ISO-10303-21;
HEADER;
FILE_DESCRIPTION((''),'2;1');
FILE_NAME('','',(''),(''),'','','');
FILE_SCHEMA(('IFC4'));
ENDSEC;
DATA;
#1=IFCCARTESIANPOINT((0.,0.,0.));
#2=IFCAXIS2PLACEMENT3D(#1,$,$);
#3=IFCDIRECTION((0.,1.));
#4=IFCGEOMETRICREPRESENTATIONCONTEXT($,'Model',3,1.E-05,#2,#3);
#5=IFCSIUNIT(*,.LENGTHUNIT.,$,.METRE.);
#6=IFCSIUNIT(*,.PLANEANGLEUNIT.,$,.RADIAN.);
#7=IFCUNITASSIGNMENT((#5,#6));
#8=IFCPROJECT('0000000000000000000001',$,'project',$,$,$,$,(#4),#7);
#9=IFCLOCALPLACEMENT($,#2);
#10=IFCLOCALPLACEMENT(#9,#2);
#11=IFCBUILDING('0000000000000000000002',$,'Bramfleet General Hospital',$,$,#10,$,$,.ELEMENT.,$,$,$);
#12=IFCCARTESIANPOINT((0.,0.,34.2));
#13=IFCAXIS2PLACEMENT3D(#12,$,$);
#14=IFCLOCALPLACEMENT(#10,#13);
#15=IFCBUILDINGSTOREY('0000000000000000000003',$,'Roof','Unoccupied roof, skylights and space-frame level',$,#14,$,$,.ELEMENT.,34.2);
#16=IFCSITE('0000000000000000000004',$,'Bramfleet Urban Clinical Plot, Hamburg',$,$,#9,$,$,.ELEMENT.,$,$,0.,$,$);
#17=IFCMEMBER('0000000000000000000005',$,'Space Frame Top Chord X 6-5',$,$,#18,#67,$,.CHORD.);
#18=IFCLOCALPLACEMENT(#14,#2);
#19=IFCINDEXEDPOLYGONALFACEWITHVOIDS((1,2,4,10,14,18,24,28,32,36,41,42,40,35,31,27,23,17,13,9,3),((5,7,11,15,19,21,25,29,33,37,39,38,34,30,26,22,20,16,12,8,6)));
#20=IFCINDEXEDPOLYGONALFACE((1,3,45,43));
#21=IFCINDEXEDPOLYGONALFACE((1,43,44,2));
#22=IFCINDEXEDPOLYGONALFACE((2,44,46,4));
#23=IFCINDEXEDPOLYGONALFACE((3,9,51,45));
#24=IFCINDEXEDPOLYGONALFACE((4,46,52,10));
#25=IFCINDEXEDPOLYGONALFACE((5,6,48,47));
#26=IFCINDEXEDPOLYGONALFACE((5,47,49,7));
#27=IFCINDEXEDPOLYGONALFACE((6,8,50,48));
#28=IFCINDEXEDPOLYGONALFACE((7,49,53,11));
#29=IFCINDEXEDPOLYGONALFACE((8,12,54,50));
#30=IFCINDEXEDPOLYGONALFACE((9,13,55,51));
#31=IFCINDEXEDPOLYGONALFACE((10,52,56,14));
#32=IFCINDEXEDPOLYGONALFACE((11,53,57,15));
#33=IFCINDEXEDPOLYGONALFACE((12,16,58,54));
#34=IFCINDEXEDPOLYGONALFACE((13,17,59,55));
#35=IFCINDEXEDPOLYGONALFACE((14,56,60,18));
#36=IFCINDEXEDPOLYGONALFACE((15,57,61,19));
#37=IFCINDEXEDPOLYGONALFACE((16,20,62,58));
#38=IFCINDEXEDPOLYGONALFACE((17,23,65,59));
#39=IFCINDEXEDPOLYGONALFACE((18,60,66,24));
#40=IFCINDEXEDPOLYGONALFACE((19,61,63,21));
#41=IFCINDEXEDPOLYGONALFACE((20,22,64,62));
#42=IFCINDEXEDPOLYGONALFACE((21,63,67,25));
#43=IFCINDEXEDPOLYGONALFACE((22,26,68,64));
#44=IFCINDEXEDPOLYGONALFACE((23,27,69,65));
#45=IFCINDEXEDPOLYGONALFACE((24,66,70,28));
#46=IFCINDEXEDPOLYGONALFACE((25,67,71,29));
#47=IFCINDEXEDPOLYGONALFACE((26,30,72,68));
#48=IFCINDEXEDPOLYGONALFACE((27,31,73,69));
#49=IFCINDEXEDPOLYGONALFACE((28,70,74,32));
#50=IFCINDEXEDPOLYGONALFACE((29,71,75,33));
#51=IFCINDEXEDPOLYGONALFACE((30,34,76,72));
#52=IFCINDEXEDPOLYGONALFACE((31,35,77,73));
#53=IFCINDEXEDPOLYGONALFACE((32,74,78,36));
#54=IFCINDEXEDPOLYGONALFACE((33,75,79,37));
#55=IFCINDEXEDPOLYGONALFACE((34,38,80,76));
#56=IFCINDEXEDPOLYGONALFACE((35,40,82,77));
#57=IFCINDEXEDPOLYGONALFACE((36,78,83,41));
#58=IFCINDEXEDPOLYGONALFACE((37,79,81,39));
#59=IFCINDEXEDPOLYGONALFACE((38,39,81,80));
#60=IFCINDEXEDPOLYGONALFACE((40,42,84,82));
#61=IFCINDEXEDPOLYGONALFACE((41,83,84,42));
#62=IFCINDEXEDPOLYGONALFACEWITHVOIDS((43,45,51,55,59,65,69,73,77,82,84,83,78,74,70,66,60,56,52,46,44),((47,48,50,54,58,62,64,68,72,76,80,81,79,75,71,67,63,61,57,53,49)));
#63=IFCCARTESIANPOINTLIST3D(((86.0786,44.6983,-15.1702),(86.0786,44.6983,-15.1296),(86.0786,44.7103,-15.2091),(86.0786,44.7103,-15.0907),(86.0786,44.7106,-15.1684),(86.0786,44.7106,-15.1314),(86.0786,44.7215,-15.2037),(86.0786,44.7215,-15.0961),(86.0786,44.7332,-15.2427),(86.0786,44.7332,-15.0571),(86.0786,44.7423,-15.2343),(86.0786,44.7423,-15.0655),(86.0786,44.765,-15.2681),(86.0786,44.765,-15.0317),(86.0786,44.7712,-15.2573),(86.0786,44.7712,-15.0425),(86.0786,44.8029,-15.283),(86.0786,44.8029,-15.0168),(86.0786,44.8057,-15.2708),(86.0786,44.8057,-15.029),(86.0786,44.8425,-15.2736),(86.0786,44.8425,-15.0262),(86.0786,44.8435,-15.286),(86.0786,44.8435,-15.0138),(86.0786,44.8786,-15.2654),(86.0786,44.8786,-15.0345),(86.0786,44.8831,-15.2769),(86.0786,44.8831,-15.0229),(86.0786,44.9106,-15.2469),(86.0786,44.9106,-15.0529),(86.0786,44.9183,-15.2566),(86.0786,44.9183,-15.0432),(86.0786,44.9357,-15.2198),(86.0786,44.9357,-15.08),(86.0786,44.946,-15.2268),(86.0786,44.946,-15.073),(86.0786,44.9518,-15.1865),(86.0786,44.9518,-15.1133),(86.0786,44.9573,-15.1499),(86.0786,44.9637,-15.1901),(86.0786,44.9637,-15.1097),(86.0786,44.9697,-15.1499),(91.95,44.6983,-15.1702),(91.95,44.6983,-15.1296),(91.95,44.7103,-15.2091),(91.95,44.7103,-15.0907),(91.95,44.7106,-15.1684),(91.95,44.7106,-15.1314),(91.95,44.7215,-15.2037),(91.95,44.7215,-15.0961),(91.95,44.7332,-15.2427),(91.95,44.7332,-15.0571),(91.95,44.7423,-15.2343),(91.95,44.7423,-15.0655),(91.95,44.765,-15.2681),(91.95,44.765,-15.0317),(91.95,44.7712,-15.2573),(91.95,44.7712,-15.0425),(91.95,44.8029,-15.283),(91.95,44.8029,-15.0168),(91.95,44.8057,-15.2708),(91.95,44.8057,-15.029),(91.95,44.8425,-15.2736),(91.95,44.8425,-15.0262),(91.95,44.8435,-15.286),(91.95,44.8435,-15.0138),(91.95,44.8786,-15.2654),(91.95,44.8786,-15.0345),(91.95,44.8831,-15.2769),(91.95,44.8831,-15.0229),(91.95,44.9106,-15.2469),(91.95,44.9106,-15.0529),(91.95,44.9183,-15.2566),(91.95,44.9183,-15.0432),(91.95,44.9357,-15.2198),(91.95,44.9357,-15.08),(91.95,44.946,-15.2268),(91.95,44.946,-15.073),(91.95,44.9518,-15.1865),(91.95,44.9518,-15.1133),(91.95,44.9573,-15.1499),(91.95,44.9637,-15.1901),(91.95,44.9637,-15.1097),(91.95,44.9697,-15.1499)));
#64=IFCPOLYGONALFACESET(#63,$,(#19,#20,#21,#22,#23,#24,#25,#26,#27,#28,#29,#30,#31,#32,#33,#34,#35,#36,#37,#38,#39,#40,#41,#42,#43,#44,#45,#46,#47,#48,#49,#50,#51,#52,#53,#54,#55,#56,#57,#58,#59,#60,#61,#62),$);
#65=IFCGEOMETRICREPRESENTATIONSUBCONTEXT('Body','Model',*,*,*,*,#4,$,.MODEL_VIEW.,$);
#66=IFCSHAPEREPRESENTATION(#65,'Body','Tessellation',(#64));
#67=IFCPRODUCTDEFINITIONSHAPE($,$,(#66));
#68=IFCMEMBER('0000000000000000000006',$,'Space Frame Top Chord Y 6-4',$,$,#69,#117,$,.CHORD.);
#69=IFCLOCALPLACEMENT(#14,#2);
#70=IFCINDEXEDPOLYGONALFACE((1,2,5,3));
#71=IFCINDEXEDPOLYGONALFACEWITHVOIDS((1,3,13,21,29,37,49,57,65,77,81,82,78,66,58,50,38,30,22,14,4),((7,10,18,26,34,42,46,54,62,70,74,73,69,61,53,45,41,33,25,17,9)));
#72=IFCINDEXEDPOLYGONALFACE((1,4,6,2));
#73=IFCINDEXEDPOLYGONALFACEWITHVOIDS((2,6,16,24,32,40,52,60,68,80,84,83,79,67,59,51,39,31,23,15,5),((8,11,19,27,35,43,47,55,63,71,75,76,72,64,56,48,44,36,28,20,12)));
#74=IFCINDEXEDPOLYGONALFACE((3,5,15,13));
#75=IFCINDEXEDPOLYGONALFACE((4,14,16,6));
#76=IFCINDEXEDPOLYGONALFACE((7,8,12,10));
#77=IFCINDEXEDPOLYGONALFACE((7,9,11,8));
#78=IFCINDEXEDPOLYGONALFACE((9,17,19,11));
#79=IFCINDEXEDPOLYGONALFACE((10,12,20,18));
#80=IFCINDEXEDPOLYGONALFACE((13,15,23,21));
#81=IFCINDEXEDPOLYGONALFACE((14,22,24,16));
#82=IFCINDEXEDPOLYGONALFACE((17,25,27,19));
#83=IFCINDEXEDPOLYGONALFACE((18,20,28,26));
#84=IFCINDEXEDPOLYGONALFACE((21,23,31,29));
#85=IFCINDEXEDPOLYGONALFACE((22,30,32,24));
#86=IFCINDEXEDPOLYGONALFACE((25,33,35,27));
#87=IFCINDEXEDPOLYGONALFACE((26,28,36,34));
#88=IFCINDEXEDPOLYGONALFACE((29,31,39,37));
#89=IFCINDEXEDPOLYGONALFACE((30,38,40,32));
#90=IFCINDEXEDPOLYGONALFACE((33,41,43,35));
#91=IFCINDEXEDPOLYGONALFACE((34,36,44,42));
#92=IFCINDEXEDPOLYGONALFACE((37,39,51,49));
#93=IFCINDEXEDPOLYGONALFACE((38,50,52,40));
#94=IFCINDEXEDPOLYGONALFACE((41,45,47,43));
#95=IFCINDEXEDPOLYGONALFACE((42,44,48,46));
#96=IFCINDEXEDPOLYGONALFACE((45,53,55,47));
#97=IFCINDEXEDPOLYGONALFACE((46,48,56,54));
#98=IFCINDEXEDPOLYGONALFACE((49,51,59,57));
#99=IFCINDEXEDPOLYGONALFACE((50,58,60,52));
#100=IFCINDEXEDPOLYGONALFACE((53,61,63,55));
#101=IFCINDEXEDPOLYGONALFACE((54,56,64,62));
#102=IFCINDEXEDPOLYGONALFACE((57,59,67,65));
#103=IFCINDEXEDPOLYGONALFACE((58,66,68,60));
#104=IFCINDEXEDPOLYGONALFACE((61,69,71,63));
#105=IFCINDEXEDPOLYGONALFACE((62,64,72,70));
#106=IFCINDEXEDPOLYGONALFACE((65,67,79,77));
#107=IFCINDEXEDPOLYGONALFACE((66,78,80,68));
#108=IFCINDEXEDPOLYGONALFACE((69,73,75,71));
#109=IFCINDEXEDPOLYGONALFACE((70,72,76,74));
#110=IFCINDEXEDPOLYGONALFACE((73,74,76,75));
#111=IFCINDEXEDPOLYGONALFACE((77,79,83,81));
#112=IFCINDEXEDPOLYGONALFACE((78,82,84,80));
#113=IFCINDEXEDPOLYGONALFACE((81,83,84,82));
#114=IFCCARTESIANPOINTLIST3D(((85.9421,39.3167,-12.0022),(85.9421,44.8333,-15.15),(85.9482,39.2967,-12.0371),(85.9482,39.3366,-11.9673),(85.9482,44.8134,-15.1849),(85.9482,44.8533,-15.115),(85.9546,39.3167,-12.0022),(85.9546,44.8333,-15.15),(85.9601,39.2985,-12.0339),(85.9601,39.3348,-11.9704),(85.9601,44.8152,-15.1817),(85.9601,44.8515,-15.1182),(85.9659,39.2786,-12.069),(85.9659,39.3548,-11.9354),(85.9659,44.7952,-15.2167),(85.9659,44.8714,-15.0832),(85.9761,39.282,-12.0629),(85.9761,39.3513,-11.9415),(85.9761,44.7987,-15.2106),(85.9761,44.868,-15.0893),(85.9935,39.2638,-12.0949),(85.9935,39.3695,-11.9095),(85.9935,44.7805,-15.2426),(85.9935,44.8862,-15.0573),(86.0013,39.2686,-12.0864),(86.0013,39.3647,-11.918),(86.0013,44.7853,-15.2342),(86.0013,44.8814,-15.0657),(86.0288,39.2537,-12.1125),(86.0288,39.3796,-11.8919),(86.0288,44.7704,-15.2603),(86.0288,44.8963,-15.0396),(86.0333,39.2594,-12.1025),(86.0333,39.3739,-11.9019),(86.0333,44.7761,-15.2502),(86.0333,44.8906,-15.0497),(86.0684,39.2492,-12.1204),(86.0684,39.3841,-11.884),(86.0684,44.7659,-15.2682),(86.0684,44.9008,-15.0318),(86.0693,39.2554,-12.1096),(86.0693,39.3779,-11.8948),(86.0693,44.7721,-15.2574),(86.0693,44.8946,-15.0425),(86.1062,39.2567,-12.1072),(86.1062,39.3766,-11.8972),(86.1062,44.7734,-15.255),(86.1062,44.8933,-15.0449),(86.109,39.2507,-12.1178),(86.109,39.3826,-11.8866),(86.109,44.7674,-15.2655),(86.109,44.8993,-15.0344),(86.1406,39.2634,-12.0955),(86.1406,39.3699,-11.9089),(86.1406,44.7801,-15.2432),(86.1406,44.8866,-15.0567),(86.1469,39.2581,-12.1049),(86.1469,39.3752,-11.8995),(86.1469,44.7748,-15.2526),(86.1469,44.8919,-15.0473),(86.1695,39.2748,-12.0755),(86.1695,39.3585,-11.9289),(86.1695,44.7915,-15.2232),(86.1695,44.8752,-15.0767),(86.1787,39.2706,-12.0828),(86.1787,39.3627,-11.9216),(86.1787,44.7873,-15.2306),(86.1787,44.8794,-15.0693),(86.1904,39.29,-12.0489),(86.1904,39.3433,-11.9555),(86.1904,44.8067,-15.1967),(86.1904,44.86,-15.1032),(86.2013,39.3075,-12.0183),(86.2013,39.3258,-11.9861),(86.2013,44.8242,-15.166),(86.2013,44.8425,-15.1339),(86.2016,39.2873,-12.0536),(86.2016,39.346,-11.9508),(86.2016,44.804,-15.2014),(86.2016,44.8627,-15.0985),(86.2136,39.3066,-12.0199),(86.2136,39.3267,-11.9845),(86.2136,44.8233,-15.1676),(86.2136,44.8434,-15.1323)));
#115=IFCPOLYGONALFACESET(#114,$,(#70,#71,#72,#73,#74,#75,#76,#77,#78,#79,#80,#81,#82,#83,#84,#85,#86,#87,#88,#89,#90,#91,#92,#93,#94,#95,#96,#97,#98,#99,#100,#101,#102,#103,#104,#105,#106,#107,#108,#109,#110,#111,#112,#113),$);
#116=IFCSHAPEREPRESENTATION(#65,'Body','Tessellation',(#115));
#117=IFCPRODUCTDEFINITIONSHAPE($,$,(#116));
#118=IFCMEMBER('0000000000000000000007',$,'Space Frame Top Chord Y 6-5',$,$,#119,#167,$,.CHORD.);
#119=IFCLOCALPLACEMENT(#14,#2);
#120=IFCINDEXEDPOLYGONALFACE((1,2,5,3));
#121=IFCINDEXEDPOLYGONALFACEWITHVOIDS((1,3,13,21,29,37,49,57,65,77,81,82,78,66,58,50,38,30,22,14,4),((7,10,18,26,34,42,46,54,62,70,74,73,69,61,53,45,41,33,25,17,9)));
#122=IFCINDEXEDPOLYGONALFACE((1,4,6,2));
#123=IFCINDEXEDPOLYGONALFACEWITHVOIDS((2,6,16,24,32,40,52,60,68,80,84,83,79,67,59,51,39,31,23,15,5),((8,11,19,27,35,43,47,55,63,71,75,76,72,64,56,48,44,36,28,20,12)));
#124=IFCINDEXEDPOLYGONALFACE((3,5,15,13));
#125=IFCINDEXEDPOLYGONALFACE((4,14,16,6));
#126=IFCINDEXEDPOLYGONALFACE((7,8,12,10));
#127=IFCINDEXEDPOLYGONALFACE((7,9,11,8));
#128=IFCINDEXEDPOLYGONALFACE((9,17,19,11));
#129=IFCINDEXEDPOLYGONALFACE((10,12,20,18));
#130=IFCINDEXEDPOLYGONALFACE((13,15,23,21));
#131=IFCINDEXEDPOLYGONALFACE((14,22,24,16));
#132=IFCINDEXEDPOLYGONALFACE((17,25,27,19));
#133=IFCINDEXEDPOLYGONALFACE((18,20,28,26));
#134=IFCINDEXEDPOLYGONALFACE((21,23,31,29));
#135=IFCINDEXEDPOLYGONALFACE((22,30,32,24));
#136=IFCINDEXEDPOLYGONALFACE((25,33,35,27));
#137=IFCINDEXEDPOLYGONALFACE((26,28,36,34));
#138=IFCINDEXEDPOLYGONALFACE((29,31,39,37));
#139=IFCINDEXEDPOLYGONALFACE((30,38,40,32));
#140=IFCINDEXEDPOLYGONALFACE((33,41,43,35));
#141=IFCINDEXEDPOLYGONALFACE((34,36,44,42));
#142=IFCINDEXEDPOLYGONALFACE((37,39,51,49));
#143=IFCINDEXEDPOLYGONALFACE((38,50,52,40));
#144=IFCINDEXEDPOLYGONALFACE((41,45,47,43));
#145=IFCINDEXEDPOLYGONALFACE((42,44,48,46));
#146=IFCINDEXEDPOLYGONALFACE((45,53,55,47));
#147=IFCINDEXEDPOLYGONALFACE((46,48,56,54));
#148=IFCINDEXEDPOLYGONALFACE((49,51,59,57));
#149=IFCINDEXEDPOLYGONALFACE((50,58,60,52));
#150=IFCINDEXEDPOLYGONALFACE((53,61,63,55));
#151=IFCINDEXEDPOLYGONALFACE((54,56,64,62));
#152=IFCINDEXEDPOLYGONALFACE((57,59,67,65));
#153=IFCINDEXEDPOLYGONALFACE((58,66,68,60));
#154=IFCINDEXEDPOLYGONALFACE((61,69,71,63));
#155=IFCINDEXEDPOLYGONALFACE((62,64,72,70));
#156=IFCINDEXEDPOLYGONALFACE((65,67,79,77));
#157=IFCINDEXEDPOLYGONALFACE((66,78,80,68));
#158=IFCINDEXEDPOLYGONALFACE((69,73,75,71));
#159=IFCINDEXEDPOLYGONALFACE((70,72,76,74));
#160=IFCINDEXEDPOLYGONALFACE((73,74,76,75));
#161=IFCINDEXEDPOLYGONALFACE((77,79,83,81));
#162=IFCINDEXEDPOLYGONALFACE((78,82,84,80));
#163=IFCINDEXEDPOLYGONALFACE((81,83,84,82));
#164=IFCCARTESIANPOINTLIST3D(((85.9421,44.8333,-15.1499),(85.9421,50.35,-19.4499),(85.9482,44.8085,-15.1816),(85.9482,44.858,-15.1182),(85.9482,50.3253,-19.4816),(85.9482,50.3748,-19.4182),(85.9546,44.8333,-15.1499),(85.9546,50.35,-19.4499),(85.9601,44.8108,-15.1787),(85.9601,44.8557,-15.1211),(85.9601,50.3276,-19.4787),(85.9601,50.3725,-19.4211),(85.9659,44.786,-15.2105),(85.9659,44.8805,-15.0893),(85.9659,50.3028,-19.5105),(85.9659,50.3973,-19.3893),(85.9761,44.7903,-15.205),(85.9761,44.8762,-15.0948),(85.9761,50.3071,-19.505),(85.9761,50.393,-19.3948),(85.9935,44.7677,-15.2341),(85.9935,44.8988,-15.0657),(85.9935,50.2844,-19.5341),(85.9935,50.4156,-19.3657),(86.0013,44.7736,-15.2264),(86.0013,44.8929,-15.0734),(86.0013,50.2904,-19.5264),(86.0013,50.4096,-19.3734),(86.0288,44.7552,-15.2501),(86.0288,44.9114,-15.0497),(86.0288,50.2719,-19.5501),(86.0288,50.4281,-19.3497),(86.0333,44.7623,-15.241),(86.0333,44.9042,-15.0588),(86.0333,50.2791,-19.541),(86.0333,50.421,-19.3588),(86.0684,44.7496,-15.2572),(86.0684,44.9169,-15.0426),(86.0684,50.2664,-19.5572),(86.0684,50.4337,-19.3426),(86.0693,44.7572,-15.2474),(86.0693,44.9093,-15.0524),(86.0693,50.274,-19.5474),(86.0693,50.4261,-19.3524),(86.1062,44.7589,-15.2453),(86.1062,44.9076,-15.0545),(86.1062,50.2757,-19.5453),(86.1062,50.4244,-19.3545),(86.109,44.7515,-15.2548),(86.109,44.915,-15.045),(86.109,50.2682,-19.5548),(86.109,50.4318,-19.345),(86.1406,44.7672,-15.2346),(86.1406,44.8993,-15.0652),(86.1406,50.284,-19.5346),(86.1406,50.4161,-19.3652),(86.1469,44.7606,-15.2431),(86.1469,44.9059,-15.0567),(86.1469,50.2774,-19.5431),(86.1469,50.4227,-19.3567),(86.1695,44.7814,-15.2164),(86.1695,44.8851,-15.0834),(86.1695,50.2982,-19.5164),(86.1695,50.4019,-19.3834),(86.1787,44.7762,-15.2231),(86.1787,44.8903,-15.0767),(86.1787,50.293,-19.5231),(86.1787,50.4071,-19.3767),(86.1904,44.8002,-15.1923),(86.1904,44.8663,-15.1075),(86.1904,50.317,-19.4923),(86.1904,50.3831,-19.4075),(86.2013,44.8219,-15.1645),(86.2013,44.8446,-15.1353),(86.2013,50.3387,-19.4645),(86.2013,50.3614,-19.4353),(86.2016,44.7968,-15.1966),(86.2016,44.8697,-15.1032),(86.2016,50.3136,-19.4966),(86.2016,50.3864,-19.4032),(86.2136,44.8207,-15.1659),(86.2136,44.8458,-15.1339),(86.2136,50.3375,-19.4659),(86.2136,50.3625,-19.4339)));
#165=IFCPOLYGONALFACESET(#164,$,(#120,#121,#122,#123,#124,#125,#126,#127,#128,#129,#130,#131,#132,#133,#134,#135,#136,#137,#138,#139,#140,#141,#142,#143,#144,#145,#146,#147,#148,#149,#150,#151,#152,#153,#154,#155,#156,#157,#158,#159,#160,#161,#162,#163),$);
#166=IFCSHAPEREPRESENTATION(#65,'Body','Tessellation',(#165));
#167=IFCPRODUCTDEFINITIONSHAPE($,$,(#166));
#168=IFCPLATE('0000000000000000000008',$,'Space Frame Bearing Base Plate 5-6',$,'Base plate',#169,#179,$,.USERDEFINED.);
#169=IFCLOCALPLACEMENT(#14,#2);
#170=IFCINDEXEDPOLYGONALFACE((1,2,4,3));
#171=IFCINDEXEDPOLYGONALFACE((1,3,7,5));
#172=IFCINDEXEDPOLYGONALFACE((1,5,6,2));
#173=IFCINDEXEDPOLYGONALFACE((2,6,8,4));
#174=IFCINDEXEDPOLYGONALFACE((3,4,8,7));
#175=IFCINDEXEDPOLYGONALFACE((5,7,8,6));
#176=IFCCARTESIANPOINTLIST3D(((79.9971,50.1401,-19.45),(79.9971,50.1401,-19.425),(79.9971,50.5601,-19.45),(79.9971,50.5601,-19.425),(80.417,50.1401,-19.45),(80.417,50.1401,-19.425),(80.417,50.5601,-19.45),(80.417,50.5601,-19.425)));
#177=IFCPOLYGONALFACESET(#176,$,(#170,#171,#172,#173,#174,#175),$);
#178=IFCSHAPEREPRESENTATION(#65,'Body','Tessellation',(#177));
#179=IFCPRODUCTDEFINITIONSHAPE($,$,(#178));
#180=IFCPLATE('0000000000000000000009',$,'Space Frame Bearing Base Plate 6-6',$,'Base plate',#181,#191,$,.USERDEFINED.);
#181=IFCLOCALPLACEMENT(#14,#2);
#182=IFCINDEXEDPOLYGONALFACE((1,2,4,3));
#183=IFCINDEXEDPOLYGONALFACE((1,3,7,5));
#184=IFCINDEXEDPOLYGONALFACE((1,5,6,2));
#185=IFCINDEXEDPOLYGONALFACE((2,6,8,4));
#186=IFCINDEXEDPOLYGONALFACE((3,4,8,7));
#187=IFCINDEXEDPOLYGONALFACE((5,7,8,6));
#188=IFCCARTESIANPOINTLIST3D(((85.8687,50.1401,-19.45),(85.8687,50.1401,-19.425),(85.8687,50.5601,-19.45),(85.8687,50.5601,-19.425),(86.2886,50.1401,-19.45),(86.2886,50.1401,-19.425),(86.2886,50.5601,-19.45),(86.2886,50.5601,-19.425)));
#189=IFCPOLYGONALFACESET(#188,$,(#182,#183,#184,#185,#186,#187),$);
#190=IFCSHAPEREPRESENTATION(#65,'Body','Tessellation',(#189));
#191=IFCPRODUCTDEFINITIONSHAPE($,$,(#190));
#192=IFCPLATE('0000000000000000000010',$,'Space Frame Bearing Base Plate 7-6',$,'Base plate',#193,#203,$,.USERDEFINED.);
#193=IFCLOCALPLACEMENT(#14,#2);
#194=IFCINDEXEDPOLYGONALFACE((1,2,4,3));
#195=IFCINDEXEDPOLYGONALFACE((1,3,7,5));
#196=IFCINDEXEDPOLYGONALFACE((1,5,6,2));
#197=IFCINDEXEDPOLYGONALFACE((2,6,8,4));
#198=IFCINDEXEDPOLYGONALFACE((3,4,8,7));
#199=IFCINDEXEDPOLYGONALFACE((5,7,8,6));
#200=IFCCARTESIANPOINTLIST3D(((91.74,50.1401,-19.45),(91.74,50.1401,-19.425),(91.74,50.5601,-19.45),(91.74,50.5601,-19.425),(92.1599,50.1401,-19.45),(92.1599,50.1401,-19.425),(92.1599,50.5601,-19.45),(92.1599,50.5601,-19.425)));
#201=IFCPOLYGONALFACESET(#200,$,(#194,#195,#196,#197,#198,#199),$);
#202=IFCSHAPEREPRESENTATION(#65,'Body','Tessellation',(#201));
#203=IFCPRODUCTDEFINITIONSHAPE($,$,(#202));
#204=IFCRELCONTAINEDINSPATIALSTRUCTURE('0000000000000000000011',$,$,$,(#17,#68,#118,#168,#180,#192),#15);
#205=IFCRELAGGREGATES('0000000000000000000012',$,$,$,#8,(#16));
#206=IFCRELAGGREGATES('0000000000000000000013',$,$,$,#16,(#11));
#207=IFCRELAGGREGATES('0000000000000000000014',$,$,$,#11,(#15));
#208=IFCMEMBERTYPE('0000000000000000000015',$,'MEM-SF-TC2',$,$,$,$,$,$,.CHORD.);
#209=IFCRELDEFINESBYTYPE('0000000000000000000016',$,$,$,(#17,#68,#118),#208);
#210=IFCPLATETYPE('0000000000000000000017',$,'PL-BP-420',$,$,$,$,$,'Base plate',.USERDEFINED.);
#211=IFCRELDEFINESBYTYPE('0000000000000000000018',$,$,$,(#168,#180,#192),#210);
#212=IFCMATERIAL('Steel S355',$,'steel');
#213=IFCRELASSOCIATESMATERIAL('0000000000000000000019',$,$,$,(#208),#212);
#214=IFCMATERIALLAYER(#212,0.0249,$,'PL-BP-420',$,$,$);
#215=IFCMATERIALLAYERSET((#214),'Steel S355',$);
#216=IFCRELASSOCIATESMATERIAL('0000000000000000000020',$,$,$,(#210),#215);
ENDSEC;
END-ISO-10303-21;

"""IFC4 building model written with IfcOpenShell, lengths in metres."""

from ifc_helpers import new_model, si_unit, direction, frame, origin, origin_2d, place, context, subcontext, project, spatial, rectangle, hollow_circle, extrude, material, layer, layer_set, material_profile, profile_set, type_object, element, save


model = new_model("IFC4")

# Units and contexts
model_context = context("Model", 3, precision=1e-05, world=origin(), true_north=direction((0.0, 1.0)))
body_context = subcontext(model_context, "Body", "Model", "MODEL_VIEW")
ifc_project = project(units=[si_unit("LENGTHUNIT", "METRE"), si_unit("PLANEANGLEUNIT", "RADIAN")], contexts=[model_context])

# Site, building, storey
site_placement = place(None, origin())
site = spatial("IfcSite", under=ifc_project, at=site_placement, Name="Bramfleet Urban Clinical Plot, Hamburg", CompositionType="ELEMENT", RefElevation=0.0)
building_placement = place(site_placement, origin())
building = spatial("IfcBuilding", under=site, at=building_placement, Name="Bramfleet General Hospital", CompositionType="ELEMENT")
storey_placement = place(building_placement, frame((0.0, 0.0, 34.2)))
storey = spatial("IfcBuildingStorey", under=building, at=storey_placement, Name="Roof", Description="Unoccupied roof, skylights and space-frame level", CompositionType="ELEMENT", Elevation=34.2)

# Members
ifc_material = material(Name="Steel S355", Category="steel")
ifc_material_profile_1 = material_profile(ifc_material, hollow_circle(Radius=0.1365, WallThickness=0.0125, at=origin_2d()), Name="CHS 273.0x12.5")
ifc_profile_set_1 = profile_set([ifc_material_profile_1], Name="Steel S355")
member_type_1 = type_object("IfcMemberType", Name="MEM-SF-TC2", PredefinedType="CHORD", material=ifc_profile_set_1)
for number, where, z_axis, x_axis, name in (
    (1, (86.0786, 44.8333, -15.1499), (1.0, 0.0, 0.0), (0.0, 1.0, 0.0), "Space Frame Top Chord X 6-5"),
):
    element("IfcMember", number, at=place(storey_placement, frame(where, z_axis=z_axis, x_axis=x_axis)), inside=storey, type_object=member_type_1, Name=name, PredefinedType="CHORD", context=body_context, shape_type="SweptSolid", body=[
        extrude(hollow_circle(Radius=0.1365, WallThickness=0.0125, at=origin_2d()), origin(), (0.0, 0.0, 1.0), 5.8713),
    ])
member_1_placement = place(storey_placement, frame((86.0786, 39.3167, -12.0022), z_axis=(0.0, 0.868558, -0.495588), x_axis=(-1.0, 0.0, 0.0)))
element("IfcMember", 2, at=member_1_placement, inside=storey, type_object=member_type_1, Name="Space Frame Top Chord Y 6-4", PredefinedType="CHORD", context=body_context, shape_type="SweptSolid", body=[
    extrude(hollow_circle(Radius=0.1365, WallThickness=0.0125, at=origin_2d()), origin(), (0.0, 0.0, 1.0), 6.3516),
])
member_2_placement = place(storey_placement, frame((86.0786, 44.8333, -15.1499), z_axis=(0.0, 0.788717, -0.614757), x_axis=(-1.0, 0.0, 0.0)))
element("IfcMember", 3, at=member_2_placement, inside=storey, type_object=member_type_1, Name="Space Frame Top Chord Y 6-5", PredefinedType="CHORD", context=body_context, shape_type="SweptSolid", body=[
    extrude(hollow_circle(Radius=0.1365, WallThickness=0.0125, at=origin_2d()), origin(), (0.0, 0.0, 1.0), 6.9946),
])

# Plates
ifc_layer_1 = layer(ifc_material, 0.0249, Name="PL-BP-420")
ifc_layer_set_1 = layer_set([ifc_layer_1], Name="Steel S355")
plate_type_1 = type_object("IfcPlateType", Name="PL-BP-420", ElementType="Base plate", PredefinedType="USERDEFINED", material=ifc_layer_set_1)
for number, where, z_axis, x_axis, name in (
    (4, (80.207, 50.3501, -19.45), (0.0, 0.0, 1.0), (1.0, 0.0, 0.0), "Space Frame Bearing Base Plate 5-6"),
    (5, (86.0786, 50.3501, -19.45), (0.0, 0.0, 1.0), (1.0, 0.0, 0.0), "Space Frame Bearing Base Plate 6-6"),
    (6, (91.95, 50.3501, -19.45), (0.0, 0.0, 1.0), (1.0, 0.0, 0.0), "Space Frame Bearing Base Plate 7-6"),
):
    element("IfcPlate", number, at=place(storey_placement, frame(where, z_axis=z_axis, x_axis=x_axis)), inside=storey, type_object=plate_type_1, Name=name, ObjectType="Base plate", PredefinedType="USERDEFINED", context=body_context, shape_type="SweptSolid", body=[
        extrude(rectangle(XDim=0.4199, YDim=0.4199, at=origin_2d()), origin(), (0.0, 0.0, 1.0), 0.0249),
    ])

save(model, "model.ifc")
